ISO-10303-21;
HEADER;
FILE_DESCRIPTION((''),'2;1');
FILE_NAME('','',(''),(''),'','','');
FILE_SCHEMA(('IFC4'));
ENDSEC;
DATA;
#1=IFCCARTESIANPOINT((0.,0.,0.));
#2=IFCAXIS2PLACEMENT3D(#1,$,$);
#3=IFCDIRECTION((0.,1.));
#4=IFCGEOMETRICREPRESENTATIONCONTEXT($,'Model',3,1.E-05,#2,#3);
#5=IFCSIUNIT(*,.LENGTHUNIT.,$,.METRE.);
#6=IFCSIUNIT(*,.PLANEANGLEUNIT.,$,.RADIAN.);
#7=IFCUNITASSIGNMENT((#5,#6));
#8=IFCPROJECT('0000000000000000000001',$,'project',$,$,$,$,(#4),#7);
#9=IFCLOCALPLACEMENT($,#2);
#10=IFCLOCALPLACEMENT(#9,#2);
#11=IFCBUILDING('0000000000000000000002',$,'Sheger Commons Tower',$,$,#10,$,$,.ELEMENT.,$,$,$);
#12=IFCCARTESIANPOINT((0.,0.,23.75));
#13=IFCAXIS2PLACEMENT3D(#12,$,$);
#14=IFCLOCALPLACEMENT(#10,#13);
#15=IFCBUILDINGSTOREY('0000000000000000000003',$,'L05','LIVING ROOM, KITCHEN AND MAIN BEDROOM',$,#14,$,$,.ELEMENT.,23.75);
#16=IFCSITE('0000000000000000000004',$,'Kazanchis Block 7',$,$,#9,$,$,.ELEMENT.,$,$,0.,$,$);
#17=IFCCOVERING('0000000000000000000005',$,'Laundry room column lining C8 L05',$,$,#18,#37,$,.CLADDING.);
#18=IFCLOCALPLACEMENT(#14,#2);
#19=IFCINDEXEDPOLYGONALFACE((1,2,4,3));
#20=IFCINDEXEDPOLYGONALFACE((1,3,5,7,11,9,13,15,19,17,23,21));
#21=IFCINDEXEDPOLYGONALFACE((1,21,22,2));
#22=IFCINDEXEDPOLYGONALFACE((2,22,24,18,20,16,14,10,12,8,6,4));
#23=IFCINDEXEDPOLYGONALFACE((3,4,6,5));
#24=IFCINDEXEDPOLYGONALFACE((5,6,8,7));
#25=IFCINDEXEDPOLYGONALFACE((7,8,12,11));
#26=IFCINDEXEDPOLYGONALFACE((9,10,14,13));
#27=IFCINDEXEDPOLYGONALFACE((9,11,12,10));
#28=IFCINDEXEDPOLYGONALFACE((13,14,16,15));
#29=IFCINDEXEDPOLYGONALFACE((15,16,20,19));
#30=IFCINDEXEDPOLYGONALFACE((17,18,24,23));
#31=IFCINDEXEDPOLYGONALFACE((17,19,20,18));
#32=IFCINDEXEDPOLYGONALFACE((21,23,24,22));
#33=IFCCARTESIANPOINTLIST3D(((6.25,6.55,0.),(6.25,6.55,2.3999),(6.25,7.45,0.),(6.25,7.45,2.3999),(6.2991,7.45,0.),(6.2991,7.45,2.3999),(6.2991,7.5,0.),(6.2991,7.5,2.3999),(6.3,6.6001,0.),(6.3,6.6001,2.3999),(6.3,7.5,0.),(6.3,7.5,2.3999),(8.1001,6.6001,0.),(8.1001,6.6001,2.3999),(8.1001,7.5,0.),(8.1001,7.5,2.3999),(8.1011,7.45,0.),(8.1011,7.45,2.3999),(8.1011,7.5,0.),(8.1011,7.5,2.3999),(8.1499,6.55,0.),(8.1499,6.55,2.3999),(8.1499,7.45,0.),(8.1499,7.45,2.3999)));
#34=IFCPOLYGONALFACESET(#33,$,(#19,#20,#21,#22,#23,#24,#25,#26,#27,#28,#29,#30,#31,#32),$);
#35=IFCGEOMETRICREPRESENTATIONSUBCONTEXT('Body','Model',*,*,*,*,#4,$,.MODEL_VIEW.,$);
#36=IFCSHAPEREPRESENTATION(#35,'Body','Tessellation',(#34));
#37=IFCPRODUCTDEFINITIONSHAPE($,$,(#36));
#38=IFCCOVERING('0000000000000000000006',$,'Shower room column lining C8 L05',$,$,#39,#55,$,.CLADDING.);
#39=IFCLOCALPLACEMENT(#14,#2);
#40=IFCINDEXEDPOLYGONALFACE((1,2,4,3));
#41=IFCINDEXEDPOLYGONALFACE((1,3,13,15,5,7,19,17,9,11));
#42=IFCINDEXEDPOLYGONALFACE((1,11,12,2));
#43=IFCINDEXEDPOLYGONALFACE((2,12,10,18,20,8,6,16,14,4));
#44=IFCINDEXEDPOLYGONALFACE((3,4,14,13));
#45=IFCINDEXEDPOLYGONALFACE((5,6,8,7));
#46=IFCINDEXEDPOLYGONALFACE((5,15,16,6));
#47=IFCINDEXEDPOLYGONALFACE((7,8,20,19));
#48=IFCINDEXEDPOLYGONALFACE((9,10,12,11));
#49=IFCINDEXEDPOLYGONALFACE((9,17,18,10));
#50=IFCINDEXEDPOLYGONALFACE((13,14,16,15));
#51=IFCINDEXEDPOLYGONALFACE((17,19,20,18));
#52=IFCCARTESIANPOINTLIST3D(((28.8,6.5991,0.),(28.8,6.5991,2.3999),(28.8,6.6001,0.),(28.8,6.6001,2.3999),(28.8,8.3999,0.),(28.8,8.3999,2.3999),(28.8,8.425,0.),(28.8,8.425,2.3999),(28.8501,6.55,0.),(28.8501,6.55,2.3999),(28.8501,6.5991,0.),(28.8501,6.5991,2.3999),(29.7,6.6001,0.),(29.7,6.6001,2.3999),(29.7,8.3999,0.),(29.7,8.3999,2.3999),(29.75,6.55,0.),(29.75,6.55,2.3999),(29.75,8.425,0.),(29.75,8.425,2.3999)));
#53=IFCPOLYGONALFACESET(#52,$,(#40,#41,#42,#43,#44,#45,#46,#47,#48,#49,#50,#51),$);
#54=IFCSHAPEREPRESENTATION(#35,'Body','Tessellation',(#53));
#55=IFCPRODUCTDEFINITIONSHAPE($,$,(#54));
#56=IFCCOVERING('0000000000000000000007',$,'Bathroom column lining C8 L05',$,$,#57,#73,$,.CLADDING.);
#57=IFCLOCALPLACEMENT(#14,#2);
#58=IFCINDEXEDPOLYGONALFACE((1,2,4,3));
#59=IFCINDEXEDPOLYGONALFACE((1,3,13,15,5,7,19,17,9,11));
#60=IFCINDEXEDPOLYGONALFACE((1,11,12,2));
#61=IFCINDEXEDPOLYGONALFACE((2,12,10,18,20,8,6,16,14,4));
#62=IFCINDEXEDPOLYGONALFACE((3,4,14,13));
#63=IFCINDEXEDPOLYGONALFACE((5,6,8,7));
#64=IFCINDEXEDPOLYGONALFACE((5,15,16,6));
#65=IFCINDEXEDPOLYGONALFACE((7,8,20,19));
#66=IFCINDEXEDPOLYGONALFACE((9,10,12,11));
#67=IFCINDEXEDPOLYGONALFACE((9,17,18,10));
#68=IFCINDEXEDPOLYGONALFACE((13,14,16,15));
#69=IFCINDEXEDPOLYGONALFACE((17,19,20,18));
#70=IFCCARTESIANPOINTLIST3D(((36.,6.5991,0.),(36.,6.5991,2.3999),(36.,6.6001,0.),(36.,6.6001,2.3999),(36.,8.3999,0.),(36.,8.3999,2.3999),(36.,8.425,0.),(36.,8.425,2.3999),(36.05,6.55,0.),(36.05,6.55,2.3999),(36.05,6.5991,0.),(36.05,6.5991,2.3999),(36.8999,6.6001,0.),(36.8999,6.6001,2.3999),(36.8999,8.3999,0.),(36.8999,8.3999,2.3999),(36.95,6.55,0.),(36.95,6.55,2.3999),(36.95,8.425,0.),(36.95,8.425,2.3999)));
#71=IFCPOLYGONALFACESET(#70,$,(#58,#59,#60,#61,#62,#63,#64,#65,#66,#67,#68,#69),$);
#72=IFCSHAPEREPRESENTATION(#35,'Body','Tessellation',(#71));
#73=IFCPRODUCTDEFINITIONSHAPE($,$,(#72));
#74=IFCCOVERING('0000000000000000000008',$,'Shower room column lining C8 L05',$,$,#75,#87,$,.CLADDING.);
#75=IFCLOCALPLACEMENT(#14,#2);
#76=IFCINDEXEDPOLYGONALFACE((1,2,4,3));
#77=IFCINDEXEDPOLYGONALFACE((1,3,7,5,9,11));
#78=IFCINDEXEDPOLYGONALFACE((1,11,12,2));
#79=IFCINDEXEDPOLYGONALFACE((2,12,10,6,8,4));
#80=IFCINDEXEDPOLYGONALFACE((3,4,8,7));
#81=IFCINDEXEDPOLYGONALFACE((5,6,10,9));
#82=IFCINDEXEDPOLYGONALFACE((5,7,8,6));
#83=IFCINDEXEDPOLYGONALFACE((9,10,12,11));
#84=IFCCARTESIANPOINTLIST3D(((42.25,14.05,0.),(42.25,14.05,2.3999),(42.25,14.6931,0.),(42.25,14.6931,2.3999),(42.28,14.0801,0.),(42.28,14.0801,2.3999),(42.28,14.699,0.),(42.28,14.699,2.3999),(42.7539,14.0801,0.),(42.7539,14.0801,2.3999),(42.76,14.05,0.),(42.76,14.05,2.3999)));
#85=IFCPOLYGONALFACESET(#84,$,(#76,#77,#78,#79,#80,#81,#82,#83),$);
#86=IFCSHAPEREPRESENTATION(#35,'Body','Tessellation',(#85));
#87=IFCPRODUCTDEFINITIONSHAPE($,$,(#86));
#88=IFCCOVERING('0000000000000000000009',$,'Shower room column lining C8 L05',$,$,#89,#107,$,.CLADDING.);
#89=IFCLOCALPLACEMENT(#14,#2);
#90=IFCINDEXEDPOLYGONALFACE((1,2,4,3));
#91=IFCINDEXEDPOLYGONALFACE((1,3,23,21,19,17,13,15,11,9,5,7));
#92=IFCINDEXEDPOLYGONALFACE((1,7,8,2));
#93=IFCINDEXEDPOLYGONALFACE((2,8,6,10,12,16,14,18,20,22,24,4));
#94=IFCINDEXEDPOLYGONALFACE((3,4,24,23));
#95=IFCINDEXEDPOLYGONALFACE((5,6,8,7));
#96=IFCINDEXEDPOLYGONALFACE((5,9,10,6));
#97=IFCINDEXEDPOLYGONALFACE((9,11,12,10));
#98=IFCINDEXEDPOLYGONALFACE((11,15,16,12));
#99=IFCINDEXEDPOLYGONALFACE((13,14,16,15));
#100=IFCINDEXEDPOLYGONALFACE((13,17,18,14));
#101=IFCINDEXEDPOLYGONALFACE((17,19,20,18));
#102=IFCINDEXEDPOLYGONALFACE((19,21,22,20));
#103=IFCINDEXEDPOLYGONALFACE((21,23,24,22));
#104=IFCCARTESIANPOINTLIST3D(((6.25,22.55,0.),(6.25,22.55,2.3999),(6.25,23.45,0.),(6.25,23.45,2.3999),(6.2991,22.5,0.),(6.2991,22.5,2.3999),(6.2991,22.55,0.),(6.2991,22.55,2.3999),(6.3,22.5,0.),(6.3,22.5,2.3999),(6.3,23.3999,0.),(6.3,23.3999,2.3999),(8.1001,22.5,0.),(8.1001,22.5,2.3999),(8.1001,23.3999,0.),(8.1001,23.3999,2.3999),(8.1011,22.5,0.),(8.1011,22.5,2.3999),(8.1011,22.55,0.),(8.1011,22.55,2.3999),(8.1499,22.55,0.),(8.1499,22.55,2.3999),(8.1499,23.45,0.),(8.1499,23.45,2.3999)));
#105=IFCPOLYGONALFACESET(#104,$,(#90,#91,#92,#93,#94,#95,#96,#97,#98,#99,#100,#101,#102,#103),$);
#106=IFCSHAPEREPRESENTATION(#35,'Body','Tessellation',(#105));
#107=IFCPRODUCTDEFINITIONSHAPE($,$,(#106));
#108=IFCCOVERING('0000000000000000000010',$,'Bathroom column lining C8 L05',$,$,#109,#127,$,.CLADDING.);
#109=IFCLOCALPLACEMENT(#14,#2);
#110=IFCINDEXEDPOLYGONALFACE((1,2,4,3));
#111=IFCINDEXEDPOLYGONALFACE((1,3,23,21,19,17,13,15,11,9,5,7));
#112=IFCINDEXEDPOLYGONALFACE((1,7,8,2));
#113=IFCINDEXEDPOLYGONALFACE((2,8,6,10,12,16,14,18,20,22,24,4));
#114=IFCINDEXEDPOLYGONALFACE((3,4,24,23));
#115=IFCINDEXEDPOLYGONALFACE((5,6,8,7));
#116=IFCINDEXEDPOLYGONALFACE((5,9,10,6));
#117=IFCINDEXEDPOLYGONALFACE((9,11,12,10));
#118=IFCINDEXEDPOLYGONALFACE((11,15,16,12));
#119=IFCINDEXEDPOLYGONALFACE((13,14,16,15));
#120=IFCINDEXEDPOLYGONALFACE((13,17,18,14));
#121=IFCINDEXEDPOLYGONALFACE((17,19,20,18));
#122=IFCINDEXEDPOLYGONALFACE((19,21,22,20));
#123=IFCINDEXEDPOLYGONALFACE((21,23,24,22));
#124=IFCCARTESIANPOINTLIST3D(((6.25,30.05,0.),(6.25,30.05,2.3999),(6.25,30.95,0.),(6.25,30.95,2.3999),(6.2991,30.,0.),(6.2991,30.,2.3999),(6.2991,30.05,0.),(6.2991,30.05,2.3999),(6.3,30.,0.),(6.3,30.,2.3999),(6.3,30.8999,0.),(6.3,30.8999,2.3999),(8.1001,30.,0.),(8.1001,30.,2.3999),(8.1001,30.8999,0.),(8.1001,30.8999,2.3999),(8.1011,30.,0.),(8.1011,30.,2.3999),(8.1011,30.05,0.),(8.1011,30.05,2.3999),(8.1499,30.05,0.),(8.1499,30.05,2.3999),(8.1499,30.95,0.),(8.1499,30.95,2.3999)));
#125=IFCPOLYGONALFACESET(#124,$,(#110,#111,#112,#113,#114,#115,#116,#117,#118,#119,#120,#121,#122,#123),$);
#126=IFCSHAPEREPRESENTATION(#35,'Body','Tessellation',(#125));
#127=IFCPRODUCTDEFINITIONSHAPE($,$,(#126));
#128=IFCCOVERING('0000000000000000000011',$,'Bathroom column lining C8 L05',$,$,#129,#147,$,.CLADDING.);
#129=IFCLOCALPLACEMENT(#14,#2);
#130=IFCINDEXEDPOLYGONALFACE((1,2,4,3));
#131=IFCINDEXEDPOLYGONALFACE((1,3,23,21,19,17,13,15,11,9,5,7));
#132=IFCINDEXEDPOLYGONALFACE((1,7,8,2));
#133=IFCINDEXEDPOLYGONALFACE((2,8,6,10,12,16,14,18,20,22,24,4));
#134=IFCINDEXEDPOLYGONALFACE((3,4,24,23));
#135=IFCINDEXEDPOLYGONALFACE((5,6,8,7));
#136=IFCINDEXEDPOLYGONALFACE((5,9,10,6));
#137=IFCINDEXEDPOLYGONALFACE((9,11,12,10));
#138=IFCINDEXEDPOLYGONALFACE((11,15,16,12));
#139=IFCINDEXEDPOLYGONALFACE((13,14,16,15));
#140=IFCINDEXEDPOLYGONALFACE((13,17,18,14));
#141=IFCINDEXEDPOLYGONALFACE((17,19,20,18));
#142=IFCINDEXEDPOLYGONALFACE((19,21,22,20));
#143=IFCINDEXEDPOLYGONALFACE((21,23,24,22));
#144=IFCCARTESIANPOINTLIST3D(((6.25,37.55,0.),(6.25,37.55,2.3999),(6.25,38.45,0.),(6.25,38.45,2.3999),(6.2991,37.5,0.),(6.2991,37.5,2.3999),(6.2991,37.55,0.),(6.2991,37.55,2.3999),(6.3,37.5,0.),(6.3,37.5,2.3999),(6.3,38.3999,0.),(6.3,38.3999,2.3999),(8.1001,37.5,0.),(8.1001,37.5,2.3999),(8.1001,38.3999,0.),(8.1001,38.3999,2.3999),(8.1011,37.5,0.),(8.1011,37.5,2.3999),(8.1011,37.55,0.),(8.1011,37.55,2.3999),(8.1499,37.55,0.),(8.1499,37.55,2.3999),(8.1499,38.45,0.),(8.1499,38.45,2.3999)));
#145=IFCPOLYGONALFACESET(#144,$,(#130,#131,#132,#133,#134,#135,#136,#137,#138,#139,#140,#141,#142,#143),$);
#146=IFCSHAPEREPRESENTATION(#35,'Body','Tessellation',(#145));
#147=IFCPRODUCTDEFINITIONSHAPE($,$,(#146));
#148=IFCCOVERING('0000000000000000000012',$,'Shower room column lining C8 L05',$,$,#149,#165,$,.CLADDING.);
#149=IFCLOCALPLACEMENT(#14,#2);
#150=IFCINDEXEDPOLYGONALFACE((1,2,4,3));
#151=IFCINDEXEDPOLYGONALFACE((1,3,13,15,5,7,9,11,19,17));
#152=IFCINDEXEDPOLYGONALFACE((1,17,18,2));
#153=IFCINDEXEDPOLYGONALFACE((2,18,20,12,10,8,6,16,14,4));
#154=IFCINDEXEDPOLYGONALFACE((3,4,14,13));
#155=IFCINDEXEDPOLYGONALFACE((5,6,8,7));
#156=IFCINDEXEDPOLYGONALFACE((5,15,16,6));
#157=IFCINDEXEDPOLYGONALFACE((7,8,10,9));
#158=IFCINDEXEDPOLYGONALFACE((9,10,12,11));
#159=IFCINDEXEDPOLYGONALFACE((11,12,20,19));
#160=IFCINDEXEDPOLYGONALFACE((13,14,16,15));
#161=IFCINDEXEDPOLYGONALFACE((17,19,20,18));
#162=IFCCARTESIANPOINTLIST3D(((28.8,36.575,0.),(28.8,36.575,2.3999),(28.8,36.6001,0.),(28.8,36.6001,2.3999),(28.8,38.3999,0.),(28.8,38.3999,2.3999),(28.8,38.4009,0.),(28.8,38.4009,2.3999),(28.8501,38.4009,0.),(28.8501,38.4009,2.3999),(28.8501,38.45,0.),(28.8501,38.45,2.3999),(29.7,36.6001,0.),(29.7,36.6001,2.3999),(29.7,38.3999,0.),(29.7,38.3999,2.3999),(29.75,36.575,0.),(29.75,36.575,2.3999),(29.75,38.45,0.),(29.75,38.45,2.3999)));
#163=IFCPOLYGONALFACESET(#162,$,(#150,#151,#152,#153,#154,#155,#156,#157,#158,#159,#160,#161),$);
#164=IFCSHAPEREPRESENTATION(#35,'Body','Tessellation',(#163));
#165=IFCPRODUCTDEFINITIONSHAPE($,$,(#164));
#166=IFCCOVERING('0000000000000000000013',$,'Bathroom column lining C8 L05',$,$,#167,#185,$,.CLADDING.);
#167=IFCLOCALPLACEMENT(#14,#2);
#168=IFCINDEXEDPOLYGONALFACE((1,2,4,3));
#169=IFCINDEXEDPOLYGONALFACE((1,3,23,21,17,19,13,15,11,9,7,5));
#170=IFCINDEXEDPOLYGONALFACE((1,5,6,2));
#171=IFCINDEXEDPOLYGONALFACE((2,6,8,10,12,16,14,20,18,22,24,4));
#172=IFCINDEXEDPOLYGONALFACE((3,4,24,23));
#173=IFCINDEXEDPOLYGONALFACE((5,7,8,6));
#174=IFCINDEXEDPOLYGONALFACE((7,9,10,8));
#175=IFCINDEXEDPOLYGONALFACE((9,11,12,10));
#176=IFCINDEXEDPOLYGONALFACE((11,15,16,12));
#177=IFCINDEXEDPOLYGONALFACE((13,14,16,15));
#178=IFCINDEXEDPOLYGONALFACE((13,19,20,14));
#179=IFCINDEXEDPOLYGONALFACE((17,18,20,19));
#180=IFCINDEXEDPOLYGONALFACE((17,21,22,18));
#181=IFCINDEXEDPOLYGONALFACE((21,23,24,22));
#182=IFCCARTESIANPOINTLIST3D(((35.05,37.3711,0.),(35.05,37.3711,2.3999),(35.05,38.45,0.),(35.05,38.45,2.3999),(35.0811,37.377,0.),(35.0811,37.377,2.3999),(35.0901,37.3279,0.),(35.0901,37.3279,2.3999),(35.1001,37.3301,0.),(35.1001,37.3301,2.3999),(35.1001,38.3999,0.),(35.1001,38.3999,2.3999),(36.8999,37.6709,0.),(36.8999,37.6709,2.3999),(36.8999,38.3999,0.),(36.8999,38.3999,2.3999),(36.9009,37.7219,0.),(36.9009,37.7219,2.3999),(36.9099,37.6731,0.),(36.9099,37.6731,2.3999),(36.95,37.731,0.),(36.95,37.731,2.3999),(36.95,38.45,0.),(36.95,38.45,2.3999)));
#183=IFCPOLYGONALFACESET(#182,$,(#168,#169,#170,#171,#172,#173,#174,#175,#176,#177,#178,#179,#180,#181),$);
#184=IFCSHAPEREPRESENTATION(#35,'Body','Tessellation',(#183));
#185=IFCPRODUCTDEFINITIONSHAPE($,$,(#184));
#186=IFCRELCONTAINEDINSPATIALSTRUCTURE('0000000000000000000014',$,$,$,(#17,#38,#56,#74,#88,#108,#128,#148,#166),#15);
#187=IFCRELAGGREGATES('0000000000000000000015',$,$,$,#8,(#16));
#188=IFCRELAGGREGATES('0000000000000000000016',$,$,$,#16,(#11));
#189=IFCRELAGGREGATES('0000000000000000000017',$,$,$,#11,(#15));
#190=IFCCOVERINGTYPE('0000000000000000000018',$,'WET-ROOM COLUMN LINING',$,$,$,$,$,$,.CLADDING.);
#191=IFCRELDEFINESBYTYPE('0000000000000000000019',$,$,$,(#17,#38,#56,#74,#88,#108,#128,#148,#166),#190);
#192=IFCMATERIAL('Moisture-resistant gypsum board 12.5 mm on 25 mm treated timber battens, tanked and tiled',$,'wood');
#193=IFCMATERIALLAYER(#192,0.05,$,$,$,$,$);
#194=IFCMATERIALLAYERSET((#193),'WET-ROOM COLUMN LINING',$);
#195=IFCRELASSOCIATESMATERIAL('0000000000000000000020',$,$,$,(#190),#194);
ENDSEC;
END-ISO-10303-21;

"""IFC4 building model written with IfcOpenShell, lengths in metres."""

from ifc_helpers import new_model, si_unit, direction, frame, origin, place, context, subcontext, project, spatial, polyline, outline, extrude, material, layer, layer_set, type_object, element, save


model = new_model("IFC4")

# Units and contexts
model_context = context("Model", 3, precision=1e-05, world=origin(), true_north=direction((0.0, 1.0)))
body_context = subcontext(model_context, "Body", "Model", "MODEL_VIEW")
ifc_project = project(units=[si_unit("LENGTHUNIT", "METRE"), si_unit("PLANEANGLEUNIT", "RADIAN")], contexts=[model_context])

# Site, building, storey
site_placement = place(None, origin())
site = spatial("IfcSite", under=ifc_project, at=site_placement, Name="Kazanchis Block 7", CompositionType="ELEMENT", RefElevation=0.0)
building_placement = place(site_placement, origin())
building = spatial("IfcBuilding", under=site, at=building_placement, Name="Sheger Commons Tower", CompositionType="ELEMENT")
storey_placement = place(building_placement, frame((0.0, 0.0, 23.75)))
storey = spatial("IfcBuildingStorey", under=building, at=storey_placement, Name="L05", Description="LIVING ROOM, KITCHEN AND MAIN BEDROOM", CompositionType="ELEMENT", Elevation=23.75)

# Coverings
ifc_material_1 = material(Name="Moisture-resistant gypsum board 12.5 mm on 25 mm treated timber battens, tanked and tiled", Category="wood")
ifc_layer_1 = layer(ifc_material_1, 0.05)
ifc_layer_set_1 = layer_set([ifc_layer_1], Name="WET-ROOM COLUMN LINING")
covering_type_1 = type_object("IfcCoveringType", Name="WET-ROOM COLUMN LINING", PredefinedType="CLADDING", material=ifc_layer_set_1)
covering_1_placement = place(storey_placement, origin())
element("IfcCovering", 1, at=covering_1_placement, inside=storey, type_object=covering_type_1, Name="Laundry room column lining C8 L05", PredefinedType="CLADDING", context=body_context, shape_type="SweptSolid", body=[
    extrude(outline(polyline([(6.3, 7.5), (6.3, 6.6001), (8.1001, 6.6001), (8.1001, 7.5), (8.1011, 7.5), (8.1011, 7.45), (8.1499, 7.45), (8.1499, 6.55), (6.25, 6.55), (6.25, 7.45), (6.2991, 7.45), (6.2991, 7.5), (6.3, 7.5)])), origin(), (0.0, 0.0, 1.0), 2.3999),
])
covering_2_placement = place(storey_placement, origin())
element("IfcCovering", 2, at=covering_2_placement, inside=storey, type_object=covering_type_1, Name="Shower room column lining C8 L05", PredefinedType="CLADDING", context=body_context, shape_type="SweptSolid", body=[
    extrude(outline(polyline([(29.75, 6.55), (28.8501, 6.55), (28.8501, 6.5991), (28.8, 6.5991), (28.8, 6.6001), (29.7, 6.6001), (29.7, 8.3999), (28.8, 8.3999), (28.8, 8.425), (29.75, 8.425), (29.75, 6.55)])), origin(), (0.0, 0.0, 1.0), 2.3999),
])
covering_3_placement = place(storey_placement, origin())
element("IfcCovering", 3, at=covering_3_placement, inside=storey, type_object=covering_type_1, Name="Bathroom column lining C8 L05", PredefinedType="CLADDING", context=body_context, shape_type="SweptSolid", body=[
    extrude(outline(polyline([(36.95, 6.55), (36.05, 6.55), (36.05, 6.5991), (36.0, 6.5991), (36.0, 6.6001), (36.8999, 6.6001), (36.8999, 8.3999), (36.0, 8.3999), (36.0, 8.425), (36.95, 8.425), (36.95, 6.55)])), origin(), (0.0, 0.0, 1.0), 2.3999),
])
covering_4_placement = place(storey_placement, origin())
element("IfcCovering", 4, at=covering_4_placement, inside=storey, type_object=covering_type_1, Name="Shower room column lining C8 L05", PredefinedType="CLADDING", context=body_context, shape_type="SweptSolid", body=[
    extrude(outline(polyline([(42.28, 14.0801), (42.7539, 14.0801), (42.76, 14.05), (42.25, 14.05), (42.25, 14.6931), (42.28, 14.699), (42.28, 14.0801)])), origin(), (0.0, 0.0, 1.0), 2.3999),
])
covering_5_placement = place(storey_placement, origin())
element("IfcCovering", 5, at=covering_5_placement, inside=storey, type_object=covering_type_1, Name="Shower room column lining C8 L05", PredefinedType="CLADDING", context=body_context, shape_type="SweptSolid", body=[
    extrude(outline(polyline([(8.1499, 23.45), (8.1499, 22.55), (8.1011, 22.55), (8.1011, 22.5), (8.1001, 22.5), (8.1001, 23.3999), (6.3, 23.3999), (6.3, 22.5), (6.2991, 22.5), (6.2991, 22.55), (6.25, 22.55), (6.25, 23.45), (8.1499, 23.45)])), origin(), (0.0, 0.0, 1.0), 2.3999),
])
covering_6_placement = place(storey_placement, origin())
element("IfcCovering", 6, at=covering_6_placement, inside=storey, type_object=covering_type_1, Name="Bathroom column lining C8 L05", PredefinedType="CLADDING", context=body_context, shape_type="SweptSolid", body=[
    extrude(outline(polyline([(8.1499, 30.95), (8.1499, 30.05), (8.1011, 30.05), (8.1011, 30.0), (8.1001, 30.0), (8.1001, 30.8999), (6.3, 30.8999), (6.3, 30.0), (6.2991, 30.0), (6.2991, 30.05), (6.25, 30.05), (6.25, 30.95), (8.1499, 30.95)])), origin(), (0.0, 0.0, 1.0), 2.3999),
])
covering_7_placement = place(storey_placement, origin())
element("IfcCovering", 7, at=covering_7_placement, inside=storey, type_object=covering_type_1, Name="Bathroom column lining C8 L05", PredefinedType="CLADDING", context=body_context, shape_type="SweptSolid", body=[
    extrude(outline(polyline([(8.1499, 38.45), (8.1499, 37.55), (8.1011, 37.55), (8.1011, 37.5), (8.1001, 37.5), (8.1001, 38.3999), (6.3, 38.3999), (6.3, 37.5), (6.2991, 37.5), (6.2991, 37.55), (6.25, 37.55), (6.25, 38.45), (8.1499, 38.45)])), origin(), (0.0, 0.0, 1.0), 2.3999),
])
covering_8_placement = place(storey_placement, origin())
element("IfcCovering", 8, at=covering_8_placement, inside=storey, type_object=covering_type_1, Name="Shower room column lining C8 L05", PredefinedType="CLADDING", context=body_context, shape_type="SweptSolid", body=[
    extrude(outline(polyline([(29.75, 36.575), (28.8, 36.575), (28.8, 36.6001), (29.7, 36.6001), (29.7, 38.3999), (28.8, 38.3999), (28.8, 38.4009), (28.8501, 38.4009), (28.8501, 38.45), (29.75, 38.45), (29.75, 36.575)])), origin(), (0.0, 0.0, 1.0), 2.3999),
])
covering_9_placement = place(storey_placement, origin())
element("IfcCovering", 9, at=covering_9_placement, inside=storey, type_object=covering_type_1, Name="Bathroom column lining C8 L05", PredefinedType="CLADDING", context=body_context, shape_type="SweptSolid", body=[
    extrude(outline(polyline([(36.95, 38.45), (36.95, 37.731), (36.9009, 37.7219), (36.9099, 37.6731), (36.8999, 37.6709), (36.8999, 38.3999), (35.1001, 38.3999), (35.1001, 37.3301), (35.0901, 37.3279), (35.0811, 37.377), (35.05, 37.3711), (35.05, 38.45), (36.95, 38.45)])), origin(), (0.0, 0.0, 1.0), 2.3999),
])

save(model, "model.ifc")
